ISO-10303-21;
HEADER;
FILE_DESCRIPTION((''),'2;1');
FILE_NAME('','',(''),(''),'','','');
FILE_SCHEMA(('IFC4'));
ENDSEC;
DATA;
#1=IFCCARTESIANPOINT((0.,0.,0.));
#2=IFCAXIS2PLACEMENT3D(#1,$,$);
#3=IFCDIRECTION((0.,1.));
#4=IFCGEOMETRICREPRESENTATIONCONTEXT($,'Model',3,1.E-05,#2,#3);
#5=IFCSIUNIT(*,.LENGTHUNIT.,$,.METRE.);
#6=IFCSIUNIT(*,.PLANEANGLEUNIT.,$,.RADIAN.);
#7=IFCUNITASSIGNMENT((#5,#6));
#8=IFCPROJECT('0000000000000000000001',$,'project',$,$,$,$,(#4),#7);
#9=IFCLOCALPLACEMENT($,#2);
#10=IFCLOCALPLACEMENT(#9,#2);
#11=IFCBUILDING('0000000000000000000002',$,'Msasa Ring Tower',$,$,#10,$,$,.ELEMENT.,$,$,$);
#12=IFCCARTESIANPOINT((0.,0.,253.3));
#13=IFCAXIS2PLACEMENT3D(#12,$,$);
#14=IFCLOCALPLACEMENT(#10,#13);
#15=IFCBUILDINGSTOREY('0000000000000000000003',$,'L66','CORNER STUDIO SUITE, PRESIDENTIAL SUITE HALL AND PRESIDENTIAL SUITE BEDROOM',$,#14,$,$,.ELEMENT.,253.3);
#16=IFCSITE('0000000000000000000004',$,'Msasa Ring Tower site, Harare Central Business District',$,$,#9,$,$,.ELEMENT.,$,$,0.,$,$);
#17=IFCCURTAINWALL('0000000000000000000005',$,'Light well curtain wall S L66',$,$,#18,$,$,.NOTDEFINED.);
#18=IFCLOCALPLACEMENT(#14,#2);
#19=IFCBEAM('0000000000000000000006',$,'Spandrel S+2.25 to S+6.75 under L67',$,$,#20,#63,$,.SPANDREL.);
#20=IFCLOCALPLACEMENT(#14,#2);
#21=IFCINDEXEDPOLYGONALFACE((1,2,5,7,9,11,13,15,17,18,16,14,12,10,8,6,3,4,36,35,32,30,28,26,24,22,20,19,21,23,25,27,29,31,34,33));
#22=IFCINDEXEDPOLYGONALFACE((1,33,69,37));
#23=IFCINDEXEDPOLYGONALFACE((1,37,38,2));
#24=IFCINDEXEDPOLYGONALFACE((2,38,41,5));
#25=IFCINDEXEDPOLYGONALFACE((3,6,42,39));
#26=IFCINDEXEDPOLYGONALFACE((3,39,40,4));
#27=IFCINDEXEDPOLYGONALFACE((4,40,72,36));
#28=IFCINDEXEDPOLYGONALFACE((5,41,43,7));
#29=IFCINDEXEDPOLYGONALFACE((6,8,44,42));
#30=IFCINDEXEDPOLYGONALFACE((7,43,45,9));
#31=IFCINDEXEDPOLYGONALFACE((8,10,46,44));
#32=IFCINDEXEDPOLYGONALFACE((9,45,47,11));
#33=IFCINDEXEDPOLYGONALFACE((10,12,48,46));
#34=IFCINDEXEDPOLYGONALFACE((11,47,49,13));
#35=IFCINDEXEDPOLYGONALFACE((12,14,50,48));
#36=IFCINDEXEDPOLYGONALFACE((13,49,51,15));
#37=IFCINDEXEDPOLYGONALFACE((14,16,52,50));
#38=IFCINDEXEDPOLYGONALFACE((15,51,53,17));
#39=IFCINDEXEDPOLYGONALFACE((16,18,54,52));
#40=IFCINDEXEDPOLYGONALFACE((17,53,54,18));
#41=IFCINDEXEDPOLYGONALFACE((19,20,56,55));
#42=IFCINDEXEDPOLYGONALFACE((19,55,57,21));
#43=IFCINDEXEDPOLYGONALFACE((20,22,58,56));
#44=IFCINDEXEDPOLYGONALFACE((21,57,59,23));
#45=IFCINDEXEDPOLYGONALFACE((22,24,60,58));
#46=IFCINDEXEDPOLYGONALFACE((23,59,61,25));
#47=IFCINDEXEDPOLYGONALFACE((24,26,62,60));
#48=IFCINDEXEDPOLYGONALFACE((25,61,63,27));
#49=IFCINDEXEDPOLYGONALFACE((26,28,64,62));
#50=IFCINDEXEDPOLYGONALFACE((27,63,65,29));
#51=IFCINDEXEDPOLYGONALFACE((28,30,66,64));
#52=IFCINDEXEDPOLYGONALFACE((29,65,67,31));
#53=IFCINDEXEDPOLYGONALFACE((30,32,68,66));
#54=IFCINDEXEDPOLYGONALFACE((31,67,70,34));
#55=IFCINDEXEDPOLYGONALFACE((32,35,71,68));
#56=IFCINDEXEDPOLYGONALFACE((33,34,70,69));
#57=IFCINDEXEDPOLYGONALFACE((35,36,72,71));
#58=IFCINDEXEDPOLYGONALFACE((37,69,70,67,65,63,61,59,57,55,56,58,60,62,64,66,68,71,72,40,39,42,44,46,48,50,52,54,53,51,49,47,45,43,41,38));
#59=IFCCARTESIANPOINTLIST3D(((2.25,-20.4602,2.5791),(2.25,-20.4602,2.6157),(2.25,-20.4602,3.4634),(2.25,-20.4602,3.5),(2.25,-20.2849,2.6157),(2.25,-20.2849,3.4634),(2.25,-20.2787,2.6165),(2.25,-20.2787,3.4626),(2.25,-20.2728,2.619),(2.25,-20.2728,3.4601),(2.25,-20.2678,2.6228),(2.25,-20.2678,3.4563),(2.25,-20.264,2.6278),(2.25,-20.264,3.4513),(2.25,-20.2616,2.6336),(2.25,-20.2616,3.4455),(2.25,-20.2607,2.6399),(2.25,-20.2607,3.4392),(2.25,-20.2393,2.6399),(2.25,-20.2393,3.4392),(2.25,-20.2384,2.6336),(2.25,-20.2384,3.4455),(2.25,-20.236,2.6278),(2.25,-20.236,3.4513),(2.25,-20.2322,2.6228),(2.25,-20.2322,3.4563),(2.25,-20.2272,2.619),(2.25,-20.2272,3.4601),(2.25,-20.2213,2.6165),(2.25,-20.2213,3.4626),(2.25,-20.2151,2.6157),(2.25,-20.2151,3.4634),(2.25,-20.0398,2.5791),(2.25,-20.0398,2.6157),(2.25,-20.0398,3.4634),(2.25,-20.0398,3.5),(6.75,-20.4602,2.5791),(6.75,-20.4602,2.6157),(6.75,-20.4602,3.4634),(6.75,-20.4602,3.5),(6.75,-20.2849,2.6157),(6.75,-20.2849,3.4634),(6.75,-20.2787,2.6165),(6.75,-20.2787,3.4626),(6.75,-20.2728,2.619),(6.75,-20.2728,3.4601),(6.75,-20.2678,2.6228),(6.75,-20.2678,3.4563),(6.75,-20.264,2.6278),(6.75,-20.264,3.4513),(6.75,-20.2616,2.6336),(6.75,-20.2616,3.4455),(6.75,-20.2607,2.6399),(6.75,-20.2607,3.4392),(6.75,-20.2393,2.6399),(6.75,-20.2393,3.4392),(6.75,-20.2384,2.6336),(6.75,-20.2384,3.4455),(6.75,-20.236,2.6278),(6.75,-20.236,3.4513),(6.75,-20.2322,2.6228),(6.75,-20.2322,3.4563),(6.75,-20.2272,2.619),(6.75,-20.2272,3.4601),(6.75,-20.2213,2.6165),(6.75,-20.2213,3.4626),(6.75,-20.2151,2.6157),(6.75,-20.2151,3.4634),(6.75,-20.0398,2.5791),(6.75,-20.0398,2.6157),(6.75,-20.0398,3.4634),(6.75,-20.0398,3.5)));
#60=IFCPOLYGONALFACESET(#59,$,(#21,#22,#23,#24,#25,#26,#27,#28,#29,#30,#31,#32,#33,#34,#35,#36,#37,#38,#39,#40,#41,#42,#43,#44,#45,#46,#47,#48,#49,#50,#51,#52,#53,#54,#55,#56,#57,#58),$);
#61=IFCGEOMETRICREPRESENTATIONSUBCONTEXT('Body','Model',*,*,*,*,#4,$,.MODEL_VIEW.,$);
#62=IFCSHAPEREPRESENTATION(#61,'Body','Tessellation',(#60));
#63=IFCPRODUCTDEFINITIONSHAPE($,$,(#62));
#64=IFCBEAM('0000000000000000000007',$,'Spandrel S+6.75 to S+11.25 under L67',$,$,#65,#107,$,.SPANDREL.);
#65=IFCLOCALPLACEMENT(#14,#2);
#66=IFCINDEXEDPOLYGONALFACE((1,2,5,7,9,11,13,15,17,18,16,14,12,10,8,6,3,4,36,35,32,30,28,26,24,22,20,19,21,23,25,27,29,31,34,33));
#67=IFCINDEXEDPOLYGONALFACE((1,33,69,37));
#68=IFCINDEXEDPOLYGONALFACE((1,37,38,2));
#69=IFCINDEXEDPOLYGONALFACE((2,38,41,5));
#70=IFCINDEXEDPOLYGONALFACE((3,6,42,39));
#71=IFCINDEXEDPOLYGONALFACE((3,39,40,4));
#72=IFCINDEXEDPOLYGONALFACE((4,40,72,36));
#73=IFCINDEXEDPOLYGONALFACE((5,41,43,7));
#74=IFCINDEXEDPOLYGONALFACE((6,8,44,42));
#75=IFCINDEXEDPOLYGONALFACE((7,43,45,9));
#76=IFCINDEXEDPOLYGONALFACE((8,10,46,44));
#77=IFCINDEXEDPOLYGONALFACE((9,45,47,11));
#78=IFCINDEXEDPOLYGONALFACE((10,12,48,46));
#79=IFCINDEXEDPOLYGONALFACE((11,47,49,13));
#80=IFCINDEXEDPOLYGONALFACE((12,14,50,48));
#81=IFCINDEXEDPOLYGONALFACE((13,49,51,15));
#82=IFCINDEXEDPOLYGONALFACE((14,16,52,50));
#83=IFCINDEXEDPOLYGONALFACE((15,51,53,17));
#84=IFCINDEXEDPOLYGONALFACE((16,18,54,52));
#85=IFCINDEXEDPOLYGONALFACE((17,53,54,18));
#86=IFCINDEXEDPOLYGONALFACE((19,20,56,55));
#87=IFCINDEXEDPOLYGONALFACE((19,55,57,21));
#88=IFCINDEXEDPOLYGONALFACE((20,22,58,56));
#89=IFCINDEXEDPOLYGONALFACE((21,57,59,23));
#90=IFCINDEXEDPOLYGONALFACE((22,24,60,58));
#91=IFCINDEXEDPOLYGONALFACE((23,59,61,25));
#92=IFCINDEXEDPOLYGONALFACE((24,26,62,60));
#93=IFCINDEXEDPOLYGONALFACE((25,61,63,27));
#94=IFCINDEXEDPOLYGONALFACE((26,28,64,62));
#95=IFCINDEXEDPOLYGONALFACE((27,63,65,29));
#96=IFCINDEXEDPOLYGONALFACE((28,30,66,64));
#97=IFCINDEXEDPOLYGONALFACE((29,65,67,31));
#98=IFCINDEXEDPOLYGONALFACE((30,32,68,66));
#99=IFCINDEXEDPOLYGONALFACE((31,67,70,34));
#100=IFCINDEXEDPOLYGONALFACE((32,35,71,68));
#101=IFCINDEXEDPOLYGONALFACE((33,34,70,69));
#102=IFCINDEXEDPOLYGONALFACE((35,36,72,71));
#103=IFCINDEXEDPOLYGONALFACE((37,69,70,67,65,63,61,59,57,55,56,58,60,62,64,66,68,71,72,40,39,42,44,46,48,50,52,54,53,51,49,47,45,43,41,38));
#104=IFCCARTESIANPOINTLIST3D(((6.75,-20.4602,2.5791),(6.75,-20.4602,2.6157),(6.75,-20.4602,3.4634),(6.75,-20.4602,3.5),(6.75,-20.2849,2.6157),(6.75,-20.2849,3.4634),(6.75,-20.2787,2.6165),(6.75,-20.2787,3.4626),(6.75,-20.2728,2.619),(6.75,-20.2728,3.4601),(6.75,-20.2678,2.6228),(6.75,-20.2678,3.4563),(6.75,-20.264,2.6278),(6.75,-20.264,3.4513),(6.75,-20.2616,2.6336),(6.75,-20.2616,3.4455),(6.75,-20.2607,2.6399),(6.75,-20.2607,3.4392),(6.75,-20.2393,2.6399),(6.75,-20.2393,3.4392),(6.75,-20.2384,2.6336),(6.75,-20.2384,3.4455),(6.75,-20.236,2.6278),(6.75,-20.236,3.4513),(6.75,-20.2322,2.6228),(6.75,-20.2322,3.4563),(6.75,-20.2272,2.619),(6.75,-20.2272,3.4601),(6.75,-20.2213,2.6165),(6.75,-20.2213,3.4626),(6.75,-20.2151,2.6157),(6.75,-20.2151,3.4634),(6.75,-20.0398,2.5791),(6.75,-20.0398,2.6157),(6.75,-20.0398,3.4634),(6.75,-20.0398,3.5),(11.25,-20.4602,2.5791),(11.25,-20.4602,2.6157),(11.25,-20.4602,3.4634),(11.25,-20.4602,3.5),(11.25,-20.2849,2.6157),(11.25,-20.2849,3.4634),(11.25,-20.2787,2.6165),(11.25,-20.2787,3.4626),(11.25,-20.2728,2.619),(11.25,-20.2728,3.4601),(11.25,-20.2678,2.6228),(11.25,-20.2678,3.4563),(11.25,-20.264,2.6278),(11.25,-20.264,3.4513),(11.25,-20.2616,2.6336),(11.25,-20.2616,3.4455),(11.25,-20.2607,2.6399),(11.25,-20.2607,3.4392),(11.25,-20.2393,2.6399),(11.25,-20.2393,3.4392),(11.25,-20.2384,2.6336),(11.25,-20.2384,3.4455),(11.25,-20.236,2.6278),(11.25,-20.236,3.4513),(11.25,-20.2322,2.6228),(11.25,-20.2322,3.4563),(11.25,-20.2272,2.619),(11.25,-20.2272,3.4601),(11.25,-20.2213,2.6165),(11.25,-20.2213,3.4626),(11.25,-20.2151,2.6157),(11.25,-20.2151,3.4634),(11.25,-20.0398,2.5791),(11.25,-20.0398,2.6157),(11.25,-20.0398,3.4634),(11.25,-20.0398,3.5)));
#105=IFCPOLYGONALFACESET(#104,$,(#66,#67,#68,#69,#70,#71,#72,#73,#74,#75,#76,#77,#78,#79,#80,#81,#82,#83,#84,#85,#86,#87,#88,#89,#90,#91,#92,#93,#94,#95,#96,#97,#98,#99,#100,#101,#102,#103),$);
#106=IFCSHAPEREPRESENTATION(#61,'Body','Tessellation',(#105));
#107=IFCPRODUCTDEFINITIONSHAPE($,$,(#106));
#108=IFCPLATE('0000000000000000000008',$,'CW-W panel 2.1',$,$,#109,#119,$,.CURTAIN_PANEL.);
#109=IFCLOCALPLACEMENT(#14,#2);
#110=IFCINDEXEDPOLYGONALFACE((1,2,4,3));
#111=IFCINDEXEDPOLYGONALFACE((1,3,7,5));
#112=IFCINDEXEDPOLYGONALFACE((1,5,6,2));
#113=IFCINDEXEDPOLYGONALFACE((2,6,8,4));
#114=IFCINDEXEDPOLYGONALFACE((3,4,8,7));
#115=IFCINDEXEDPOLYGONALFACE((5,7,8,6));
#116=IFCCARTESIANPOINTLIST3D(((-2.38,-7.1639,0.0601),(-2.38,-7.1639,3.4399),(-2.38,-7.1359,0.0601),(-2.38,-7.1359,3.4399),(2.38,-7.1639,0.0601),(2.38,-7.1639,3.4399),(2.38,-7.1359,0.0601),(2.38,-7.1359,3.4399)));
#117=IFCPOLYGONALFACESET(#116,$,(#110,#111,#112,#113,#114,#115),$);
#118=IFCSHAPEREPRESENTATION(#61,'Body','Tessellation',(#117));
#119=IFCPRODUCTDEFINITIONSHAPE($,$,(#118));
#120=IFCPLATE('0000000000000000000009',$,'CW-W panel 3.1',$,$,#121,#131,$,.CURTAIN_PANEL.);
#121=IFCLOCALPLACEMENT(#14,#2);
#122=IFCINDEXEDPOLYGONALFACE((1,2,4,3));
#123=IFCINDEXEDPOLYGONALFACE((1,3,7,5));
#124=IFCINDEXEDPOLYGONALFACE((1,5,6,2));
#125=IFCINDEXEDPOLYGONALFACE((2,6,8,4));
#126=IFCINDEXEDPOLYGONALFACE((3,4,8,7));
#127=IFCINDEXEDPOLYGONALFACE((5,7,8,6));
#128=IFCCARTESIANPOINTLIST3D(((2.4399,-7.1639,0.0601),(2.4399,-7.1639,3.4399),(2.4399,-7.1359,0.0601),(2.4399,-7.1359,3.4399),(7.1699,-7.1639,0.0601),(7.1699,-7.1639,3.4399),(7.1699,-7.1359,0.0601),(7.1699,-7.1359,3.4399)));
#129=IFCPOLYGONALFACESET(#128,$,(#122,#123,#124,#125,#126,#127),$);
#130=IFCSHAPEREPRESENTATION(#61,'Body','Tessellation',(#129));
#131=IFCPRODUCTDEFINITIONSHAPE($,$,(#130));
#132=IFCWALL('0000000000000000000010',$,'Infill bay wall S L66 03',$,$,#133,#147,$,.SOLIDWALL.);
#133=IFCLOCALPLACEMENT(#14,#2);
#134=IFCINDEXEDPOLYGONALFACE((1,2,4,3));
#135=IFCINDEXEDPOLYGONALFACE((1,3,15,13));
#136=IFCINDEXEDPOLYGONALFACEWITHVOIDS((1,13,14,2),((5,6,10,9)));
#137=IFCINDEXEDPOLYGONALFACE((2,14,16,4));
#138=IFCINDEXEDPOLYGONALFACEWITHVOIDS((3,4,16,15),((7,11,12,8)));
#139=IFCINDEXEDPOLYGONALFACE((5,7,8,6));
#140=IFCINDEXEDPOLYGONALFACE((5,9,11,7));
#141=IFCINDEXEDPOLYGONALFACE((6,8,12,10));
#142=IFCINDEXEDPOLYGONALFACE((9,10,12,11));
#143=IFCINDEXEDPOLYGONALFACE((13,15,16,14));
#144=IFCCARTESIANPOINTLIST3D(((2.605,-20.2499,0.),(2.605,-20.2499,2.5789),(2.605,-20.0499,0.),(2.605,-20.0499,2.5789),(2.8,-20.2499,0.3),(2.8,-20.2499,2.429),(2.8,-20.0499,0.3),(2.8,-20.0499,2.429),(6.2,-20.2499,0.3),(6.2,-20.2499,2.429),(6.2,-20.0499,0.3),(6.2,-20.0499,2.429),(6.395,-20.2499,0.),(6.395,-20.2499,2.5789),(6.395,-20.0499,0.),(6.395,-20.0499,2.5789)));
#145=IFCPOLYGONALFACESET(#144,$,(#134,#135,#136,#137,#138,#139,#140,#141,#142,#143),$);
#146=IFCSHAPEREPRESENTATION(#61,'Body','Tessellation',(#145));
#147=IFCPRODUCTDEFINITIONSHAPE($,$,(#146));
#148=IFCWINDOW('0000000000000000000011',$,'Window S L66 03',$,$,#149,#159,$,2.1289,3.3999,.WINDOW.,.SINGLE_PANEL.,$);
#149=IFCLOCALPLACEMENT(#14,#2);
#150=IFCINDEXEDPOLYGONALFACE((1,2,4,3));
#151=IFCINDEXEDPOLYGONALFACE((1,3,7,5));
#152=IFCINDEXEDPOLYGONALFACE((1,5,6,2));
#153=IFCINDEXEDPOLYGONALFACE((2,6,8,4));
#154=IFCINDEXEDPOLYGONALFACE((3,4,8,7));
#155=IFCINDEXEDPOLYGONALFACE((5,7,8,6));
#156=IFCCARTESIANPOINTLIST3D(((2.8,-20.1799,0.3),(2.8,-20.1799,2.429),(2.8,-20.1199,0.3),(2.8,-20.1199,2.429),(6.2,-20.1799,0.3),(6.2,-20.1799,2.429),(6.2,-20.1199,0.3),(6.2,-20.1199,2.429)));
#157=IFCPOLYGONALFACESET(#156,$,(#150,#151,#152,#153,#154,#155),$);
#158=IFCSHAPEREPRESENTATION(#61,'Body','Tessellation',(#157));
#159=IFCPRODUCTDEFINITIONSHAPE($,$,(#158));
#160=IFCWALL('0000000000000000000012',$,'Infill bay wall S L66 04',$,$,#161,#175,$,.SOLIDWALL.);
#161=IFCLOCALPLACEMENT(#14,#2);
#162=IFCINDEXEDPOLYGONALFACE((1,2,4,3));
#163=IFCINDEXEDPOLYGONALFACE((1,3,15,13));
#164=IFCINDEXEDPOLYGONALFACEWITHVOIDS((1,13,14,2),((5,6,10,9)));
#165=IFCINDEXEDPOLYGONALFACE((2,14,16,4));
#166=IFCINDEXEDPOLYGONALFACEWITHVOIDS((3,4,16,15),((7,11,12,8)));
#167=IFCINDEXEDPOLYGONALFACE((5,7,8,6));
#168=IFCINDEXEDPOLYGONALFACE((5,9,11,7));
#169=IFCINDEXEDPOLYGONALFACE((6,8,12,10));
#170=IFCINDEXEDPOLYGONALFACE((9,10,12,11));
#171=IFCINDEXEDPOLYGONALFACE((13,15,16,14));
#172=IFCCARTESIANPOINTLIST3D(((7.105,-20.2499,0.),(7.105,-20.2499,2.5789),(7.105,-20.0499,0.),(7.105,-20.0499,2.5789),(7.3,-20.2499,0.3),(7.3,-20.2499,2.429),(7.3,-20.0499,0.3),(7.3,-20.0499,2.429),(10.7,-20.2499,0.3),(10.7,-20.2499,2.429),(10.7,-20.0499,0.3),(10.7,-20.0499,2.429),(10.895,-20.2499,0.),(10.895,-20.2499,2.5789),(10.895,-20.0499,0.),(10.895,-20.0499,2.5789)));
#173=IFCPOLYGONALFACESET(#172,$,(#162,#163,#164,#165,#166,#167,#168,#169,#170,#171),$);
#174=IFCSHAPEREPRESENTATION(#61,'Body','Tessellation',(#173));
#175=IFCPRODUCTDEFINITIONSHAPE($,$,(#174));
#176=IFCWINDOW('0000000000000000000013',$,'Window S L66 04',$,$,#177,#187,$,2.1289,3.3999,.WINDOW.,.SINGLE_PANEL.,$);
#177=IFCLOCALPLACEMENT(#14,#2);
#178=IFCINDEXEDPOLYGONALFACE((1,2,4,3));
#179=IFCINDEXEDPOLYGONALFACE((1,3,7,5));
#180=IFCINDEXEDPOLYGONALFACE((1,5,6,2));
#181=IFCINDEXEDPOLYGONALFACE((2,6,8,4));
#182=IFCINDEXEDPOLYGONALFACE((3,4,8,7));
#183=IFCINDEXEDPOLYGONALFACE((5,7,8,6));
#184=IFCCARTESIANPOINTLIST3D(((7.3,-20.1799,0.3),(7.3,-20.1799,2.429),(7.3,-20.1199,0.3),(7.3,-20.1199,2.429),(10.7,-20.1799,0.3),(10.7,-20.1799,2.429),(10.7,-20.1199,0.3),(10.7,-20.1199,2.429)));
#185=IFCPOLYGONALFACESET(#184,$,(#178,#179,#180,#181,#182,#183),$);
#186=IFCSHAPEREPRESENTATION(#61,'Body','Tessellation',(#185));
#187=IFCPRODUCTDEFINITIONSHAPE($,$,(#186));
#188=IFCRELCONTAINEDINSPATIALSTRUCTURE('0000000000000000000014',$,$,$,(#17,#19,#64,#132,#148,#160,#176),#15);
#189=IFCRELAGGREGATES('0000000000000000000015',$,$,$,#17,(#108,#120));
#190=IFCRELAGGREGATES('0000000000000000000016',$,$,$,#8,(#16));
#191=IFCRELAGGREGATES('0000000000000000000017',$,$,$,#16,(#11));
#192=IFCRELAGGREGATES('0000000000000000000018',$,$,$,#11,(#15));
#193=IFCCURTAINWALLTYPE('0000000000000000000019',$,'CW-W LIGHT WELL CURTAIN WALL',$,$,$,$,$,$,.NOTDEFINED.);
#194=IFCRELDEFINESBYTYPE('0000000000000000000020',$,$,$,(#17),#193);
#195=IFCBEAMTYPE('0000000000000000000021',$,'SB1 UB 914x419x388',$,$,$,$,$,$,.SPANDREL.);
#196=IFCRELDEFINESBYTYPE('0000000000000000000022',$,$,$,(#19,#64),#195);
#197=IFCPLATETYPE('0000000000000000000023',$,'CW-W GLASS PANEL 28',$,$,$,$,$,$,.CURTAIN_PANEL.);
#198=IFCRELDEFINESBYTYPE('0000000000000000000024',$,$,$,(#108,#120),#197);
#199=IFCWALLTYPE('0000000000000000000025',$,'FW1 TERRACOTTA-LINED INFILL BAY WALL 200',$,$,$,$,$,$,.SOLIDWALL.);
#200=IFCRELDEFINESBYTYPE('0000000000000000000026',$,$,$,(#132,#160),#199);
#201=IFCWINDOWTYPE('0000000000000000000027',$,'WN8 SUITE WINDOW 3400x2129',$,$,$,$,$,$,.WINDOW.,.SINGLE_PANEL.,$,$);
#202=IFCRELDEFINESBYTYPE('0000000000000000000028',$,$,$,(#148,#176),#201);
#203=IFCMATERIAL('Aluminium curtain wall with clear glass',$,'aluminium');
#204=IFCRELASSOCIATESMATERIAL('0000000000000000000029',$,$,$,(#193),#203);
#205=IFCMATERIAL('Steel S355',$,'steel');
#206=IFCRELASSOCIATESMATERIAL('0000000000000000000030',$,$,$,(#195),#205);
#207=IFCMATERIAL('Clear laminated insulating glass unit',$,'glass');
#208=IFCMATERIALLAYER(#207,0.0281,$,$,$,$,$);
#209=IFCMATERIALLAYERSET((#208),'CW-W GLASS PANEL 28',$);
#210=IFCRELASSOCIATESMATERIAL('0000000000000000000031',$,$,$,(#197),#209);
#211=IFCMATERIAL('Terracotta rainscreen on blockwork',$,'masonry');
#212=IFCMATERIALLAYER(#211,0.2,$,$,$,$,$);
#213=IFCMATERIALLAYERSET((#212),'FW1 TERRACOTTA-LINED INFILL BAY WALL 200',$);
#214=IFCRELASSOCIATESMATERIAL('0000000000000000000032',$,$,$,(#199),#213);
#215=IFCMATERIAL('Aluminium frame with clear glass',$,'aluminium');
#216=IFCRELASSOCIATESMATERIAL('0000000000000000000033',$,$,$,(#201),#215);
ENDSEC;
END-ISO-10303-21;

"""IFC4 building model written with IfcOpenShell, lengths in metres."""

from ifc_helpers import new_model, si_unit, direction, frame, frame_2d, origin, origin_2d, place, context, subcontext, project, spatial, rectangle, i_section, extrude, material, layer, layer_set, material_profile, profile_set, type_object, element, fill, aggregate, save


model = new_model("IFC4")

# Units and contexts
model_context = context("Model", 3, precision=1e-05, world=origin(), true_north=direction((0.0, 1.0)))
body_context = subcontext(model_context, "Body", "Model", "MODEL_VIEW")
ifc_project = project(units=[si_unit("LENGTHUNIT", "METRE"), si_unit("PLANEANGLEUNIT", "RADIAN")], contexts=[model_context])

# Site, building, storey
site_placement = place(None, origin())
site = spatial("IfcSite", under=ifc_project, at=site_placement, Name="Msasa Ring Tower site, Harare Central Business District", CompositionType="ELEMENT", RefElevation=0.0)
building_placement = place(site_placement, origin())
building = spatial("IfcBuilding", under=site, at=building_placement, Name="Msasa Ring Tower", CompositionType="ELEMENT")
storey_placement = place(building_placement, frame((0.0, 0.0, 253.3)))
storey = spatial("IfcBuildingStorey", under=building, at=storey_placement, Name="L66", Description="CORNER STUDIO SUITE, PRESIDENTIAL SUITE HALL AND PRESIDENTIAL SUITE BEDROOM", CompositionType="ELEMENT", Elevation=253.3)

# Curtain wall
ifc_material_1 = material(Name="Aluminium curtain wall with clear glass", Category="aluminium")
curtain_wall_type = type_object("IfcCurtainWallType", Name="CW-W LIGHT WELL CURTAIN WALL", PredefinedType="NOTDEFINED", material=ifc_material_1)
curtain_wall_1_placement = place(storey_placement, origin())
curtain_wall_1 = element("IfcCurtainWall", 1, at=curtain_wall_1_placement, inside=storey, type_object=curtain_wall_type, Name="Light well curtain wall S L66", PredefinedType="NOTDEFINED")

# Beams
ifc_material_2 = material(Name="Steel S355", Category="steel")
ifc_material_profile_1 = material_profile(ifc_material_2, i_section(OverallWidth=0.4204, OverallDepth=0.9209, WebThickness=0.0215, FlangeThickness=0.0366, FilletRadius=0.0242, at=origin_2d()), Name="UB 914x419x388")
ifc_profile_set_1 = profile_set([ifc_material_profile_1], Name="Steel S355")
beam_type_1 = type_object("IfcBeamType", Name="SB1 UB 914x419x388", PredefinedType="SPANDREL", material=ifc_profile_set_1)
for number, where, z_axis, x_axis, name in (
    (2, (2.25, -20.25, 3.0396), (1.0, 0.0, 0.0), (0.0, 1.0, 0.0), "Spandrel S+2.25 to S+6.75 under L67"),
    (3, (6.75, -20.25, 3.0396), (1.0, 0.0, 0.0), (0.0, 1.0, 0.0), "Spandrel S+6.75 to S+11.25 under L67"),
):
    element("IfcBeam", number, at=place(storey_placement, frame(where, z_axis=z_axis, x_axis=x_axis)), inside=storey, type_object=beam_type_1, Name=name, PredefinedType="SPANDREL", context=body_context, shape_type="SweptSolid", body=[
        extrude(i_section(OverallWidth=0.4204, OverallDepth=0.9209, WebThickness=0.0215, FlangeThickness=0.0366, FilletRadius=0.0242, at=origin_2d()), origin(), (0.0, 0.0, 1.0), 4.5),
    ])

# Plates
ifc_material_3 = material(Name="Clear laminated insulating glass unit", Category="glass")
ifc_layer_1 = layer(ifc_material_3, 0.0281)
ifc_layer_set_1 = layer_set([ifc_layer_1], Name="CW-W GLASS PANEL 28")
plate_type = type_object("IfcPlateType", Name="CW-W GLASS PANEL 28", PredefinedType="CURTAIN_PANEL", material=ifc_layer_set_1)
plate_1_placement = place(storey_placement, frame((0.0, -7.1499, 0.0601), z_axis=(0.0, 0.0, 1.0), x_axis=(1.0, 0.0, 0.0)))
plate_1 = element("IfcPlate", 4, at=plate_1_placement, type_object=plate_type, Name="CW-W panel 2.1", PredefinedType="CURTAIN_PANEL", context=body_context, shape_type="SweptSolid", body=[
    extrude(rectangle(XDim=4.76, YDim=0.0281, at=origin_2d()), origin(), (0.0, 0.0, 1.0), 3.3799),
])
plate_2_placement = place(storey_placement, frame((4.8049, -7.1499, 0.0601), z_axis=(0.0, 0.0, 1.0), x_axis=(1.0, 0.0, 0.0)))
plate_2 = element("IfcPlate", 5, at=plate_2_placement, type_object=plate_type, Name="CW-W panel 3.1", PredefinedType="CURTAIN_PANEL", context=body_context, shape_type="SweptSolid", body=[
    extrude(rectangle(XDim=4.73, YDim=0.0281, at=origin_2d()), origin(), (0.0, 0.0, 1.0), 3.3799),
])
aggregate(curtain_wall_1, [plate_1, plate_2])

# Walls, openings, windows
ifc_material_4 = material(Name="Terracotta rainscreen on blockwork", Category="masonry")
ifc_layer_2 = layer(ifc_material_4, 0.2)
ifc_layer_set_2 = layer_set([ifc_layer_2], Name="FW1 TERRACOTTA-LINED INFILL BAY WALL 200")
wall_type_1 = type_object("IfcWallType", Name="FW1 TERRACOTTA-LINED INFILL BAY WALL 200", PredefinedType="SOLIDWALL", material=ifc_layer_set_2)
wall_1_placement = place(storey_placement, frame((2.605, -20.1499, 0.0), z_axis=(0.0, 0.0, 1.0), x_axis=(1.0, 0.0, 0.0)))
wall_1 = element("IfcWall", 6, at=wall_1_placement, inside=storey, type_object=wall_type_1, Name="Infill bay wall S L66 03", PredefinedType="SOLIDWALL", context=body_context, shape_type="SweptSolid", body=[
    extrude(rectangle(XDim=3.79, YDim=0.2, at=frame_2d((1.895, 0.0))), origin(), (0.0, 0.0, 1.0), 2.5789),
])
opening_1_placement = place(wall_1_placement, frame((0.1951, 0.0, 0.3)))
opening_1 = element("IfcOpeningElement", 7, at=opening_1_placement, cuts=wall_1, PredefinedType="OPENING", context=body_context, shape_type="SweptSolid", body=[
    extrude(rectangle(XDim=3.3999, YDim=2.1289, at=frame_2d((1.7, 1.0645))), frame((0.0, 0.1099, 0.0), z_axis=(0.0, -1.0, 0.0), x_axis=(1.0, 0.0, 0.0)), (0.0, 0.0, 1.0), 0.22),
])
ifc_material_5 = material(Name="Aluminium frame with clear glass", Category="aluminium")
window_type = type_object("IfcWindowType", Name="WN8 SUITE WINDOW 3400x2129", PartitioningType="SINGLE_PANEL", PredefinedType="WINDOW", material=ifc_material_5)
window_1_placement = place(opening_1_placement, origin())
window_1 = element("IfcWindow", 8, at=window_1_placement, inside=storey, type_object=window_type, Name="Window S L66 03", OverallHeight=2.1289, OverallWidth=3.3999, PartitioningType="SINGLE_PANEL", PredefinedType="WINDOW", context=body_context, shape_type="SweptSolid", body=[
    extrude(rectangle(XDim=3.3999, YDim=2.1289, at=frame_2d((1.7, 1.0645))), frame((0.0, 0.03, 0.0), z_axis=(0.0, -1.0, 0.0), x_axis=(1.0, 0.0, 0.0)), (0.0, 0.0, 1.0), 0.0601),
])
fill(opening_1, window_1)
wall_2_placement = place(storey_placement, frame((7.105, -20.1499, 0.0), z_axis=(0.0, 0.0, 1.0), x_axis=(1.0, 0.0, 0.0)))
wall_2 = element("IfcWall", 9, at=wall_2_placement, inside=storey, type_object=wall_type_1, Name="Infill bay wall S L66 04", PredefinedType="SOLIDWALL", context=body_context, shape_type="SweptSolid", body=[
    extrude(rectangle(XDim=3.79, YDim=0.2, at=frame_2d((1.895, 0.0))), origin(), (0.0, 0.0, 1.0), 2.5789),
])
opening_2_placement = place(wall_2_placement, frame((0.1951, 0.0, 0.3)))
opening_2 = element("IfcOpeningElement", 10, at=opening_2_placement, cuts=wall_2, PredefinedType="OPENING", context=body_context, shape_type="SweptSolid", body=[
    extrude(rectangle(XDim=3.3999, YDim=2.1289, at=frame_2d((1.7, 1.0645))), frame((0.0, 0.1099, 0.0), z_axis=(0.0, -1.0, 0.0), x_axis=(1.0, 0.0, 0.0)), (0.0, 0.0, 1.0), 0.22),
])
window_2_placement = place(opening_2_placement, origin())
window_2 = element("IfcWindow", 11, at=window_2_placement, inside=storey, type_object=window_type, Name="Window S L66 04", OverallHeight=2.1289, OverallWidth=3.3999, PartitioningType="SINGLE_PANEL", PredefinedType="WINDOW", context=body_context, shape_type="SweptSolid", body=[
    extrude(rectangle(XDim=3.3999, YDim=2.1289, at=frame_2d((1.7, 1.0645))), frame((0.0, 0.03, 0.0), z_axis=(0.0, -1.0, 0.0), x_axis=(1.0, 0.0, 0.0)), (0.0, 0.0, 1.0), 0.0601),
])
fill(opening_2, window_2)

save(model, "model.ifc")
